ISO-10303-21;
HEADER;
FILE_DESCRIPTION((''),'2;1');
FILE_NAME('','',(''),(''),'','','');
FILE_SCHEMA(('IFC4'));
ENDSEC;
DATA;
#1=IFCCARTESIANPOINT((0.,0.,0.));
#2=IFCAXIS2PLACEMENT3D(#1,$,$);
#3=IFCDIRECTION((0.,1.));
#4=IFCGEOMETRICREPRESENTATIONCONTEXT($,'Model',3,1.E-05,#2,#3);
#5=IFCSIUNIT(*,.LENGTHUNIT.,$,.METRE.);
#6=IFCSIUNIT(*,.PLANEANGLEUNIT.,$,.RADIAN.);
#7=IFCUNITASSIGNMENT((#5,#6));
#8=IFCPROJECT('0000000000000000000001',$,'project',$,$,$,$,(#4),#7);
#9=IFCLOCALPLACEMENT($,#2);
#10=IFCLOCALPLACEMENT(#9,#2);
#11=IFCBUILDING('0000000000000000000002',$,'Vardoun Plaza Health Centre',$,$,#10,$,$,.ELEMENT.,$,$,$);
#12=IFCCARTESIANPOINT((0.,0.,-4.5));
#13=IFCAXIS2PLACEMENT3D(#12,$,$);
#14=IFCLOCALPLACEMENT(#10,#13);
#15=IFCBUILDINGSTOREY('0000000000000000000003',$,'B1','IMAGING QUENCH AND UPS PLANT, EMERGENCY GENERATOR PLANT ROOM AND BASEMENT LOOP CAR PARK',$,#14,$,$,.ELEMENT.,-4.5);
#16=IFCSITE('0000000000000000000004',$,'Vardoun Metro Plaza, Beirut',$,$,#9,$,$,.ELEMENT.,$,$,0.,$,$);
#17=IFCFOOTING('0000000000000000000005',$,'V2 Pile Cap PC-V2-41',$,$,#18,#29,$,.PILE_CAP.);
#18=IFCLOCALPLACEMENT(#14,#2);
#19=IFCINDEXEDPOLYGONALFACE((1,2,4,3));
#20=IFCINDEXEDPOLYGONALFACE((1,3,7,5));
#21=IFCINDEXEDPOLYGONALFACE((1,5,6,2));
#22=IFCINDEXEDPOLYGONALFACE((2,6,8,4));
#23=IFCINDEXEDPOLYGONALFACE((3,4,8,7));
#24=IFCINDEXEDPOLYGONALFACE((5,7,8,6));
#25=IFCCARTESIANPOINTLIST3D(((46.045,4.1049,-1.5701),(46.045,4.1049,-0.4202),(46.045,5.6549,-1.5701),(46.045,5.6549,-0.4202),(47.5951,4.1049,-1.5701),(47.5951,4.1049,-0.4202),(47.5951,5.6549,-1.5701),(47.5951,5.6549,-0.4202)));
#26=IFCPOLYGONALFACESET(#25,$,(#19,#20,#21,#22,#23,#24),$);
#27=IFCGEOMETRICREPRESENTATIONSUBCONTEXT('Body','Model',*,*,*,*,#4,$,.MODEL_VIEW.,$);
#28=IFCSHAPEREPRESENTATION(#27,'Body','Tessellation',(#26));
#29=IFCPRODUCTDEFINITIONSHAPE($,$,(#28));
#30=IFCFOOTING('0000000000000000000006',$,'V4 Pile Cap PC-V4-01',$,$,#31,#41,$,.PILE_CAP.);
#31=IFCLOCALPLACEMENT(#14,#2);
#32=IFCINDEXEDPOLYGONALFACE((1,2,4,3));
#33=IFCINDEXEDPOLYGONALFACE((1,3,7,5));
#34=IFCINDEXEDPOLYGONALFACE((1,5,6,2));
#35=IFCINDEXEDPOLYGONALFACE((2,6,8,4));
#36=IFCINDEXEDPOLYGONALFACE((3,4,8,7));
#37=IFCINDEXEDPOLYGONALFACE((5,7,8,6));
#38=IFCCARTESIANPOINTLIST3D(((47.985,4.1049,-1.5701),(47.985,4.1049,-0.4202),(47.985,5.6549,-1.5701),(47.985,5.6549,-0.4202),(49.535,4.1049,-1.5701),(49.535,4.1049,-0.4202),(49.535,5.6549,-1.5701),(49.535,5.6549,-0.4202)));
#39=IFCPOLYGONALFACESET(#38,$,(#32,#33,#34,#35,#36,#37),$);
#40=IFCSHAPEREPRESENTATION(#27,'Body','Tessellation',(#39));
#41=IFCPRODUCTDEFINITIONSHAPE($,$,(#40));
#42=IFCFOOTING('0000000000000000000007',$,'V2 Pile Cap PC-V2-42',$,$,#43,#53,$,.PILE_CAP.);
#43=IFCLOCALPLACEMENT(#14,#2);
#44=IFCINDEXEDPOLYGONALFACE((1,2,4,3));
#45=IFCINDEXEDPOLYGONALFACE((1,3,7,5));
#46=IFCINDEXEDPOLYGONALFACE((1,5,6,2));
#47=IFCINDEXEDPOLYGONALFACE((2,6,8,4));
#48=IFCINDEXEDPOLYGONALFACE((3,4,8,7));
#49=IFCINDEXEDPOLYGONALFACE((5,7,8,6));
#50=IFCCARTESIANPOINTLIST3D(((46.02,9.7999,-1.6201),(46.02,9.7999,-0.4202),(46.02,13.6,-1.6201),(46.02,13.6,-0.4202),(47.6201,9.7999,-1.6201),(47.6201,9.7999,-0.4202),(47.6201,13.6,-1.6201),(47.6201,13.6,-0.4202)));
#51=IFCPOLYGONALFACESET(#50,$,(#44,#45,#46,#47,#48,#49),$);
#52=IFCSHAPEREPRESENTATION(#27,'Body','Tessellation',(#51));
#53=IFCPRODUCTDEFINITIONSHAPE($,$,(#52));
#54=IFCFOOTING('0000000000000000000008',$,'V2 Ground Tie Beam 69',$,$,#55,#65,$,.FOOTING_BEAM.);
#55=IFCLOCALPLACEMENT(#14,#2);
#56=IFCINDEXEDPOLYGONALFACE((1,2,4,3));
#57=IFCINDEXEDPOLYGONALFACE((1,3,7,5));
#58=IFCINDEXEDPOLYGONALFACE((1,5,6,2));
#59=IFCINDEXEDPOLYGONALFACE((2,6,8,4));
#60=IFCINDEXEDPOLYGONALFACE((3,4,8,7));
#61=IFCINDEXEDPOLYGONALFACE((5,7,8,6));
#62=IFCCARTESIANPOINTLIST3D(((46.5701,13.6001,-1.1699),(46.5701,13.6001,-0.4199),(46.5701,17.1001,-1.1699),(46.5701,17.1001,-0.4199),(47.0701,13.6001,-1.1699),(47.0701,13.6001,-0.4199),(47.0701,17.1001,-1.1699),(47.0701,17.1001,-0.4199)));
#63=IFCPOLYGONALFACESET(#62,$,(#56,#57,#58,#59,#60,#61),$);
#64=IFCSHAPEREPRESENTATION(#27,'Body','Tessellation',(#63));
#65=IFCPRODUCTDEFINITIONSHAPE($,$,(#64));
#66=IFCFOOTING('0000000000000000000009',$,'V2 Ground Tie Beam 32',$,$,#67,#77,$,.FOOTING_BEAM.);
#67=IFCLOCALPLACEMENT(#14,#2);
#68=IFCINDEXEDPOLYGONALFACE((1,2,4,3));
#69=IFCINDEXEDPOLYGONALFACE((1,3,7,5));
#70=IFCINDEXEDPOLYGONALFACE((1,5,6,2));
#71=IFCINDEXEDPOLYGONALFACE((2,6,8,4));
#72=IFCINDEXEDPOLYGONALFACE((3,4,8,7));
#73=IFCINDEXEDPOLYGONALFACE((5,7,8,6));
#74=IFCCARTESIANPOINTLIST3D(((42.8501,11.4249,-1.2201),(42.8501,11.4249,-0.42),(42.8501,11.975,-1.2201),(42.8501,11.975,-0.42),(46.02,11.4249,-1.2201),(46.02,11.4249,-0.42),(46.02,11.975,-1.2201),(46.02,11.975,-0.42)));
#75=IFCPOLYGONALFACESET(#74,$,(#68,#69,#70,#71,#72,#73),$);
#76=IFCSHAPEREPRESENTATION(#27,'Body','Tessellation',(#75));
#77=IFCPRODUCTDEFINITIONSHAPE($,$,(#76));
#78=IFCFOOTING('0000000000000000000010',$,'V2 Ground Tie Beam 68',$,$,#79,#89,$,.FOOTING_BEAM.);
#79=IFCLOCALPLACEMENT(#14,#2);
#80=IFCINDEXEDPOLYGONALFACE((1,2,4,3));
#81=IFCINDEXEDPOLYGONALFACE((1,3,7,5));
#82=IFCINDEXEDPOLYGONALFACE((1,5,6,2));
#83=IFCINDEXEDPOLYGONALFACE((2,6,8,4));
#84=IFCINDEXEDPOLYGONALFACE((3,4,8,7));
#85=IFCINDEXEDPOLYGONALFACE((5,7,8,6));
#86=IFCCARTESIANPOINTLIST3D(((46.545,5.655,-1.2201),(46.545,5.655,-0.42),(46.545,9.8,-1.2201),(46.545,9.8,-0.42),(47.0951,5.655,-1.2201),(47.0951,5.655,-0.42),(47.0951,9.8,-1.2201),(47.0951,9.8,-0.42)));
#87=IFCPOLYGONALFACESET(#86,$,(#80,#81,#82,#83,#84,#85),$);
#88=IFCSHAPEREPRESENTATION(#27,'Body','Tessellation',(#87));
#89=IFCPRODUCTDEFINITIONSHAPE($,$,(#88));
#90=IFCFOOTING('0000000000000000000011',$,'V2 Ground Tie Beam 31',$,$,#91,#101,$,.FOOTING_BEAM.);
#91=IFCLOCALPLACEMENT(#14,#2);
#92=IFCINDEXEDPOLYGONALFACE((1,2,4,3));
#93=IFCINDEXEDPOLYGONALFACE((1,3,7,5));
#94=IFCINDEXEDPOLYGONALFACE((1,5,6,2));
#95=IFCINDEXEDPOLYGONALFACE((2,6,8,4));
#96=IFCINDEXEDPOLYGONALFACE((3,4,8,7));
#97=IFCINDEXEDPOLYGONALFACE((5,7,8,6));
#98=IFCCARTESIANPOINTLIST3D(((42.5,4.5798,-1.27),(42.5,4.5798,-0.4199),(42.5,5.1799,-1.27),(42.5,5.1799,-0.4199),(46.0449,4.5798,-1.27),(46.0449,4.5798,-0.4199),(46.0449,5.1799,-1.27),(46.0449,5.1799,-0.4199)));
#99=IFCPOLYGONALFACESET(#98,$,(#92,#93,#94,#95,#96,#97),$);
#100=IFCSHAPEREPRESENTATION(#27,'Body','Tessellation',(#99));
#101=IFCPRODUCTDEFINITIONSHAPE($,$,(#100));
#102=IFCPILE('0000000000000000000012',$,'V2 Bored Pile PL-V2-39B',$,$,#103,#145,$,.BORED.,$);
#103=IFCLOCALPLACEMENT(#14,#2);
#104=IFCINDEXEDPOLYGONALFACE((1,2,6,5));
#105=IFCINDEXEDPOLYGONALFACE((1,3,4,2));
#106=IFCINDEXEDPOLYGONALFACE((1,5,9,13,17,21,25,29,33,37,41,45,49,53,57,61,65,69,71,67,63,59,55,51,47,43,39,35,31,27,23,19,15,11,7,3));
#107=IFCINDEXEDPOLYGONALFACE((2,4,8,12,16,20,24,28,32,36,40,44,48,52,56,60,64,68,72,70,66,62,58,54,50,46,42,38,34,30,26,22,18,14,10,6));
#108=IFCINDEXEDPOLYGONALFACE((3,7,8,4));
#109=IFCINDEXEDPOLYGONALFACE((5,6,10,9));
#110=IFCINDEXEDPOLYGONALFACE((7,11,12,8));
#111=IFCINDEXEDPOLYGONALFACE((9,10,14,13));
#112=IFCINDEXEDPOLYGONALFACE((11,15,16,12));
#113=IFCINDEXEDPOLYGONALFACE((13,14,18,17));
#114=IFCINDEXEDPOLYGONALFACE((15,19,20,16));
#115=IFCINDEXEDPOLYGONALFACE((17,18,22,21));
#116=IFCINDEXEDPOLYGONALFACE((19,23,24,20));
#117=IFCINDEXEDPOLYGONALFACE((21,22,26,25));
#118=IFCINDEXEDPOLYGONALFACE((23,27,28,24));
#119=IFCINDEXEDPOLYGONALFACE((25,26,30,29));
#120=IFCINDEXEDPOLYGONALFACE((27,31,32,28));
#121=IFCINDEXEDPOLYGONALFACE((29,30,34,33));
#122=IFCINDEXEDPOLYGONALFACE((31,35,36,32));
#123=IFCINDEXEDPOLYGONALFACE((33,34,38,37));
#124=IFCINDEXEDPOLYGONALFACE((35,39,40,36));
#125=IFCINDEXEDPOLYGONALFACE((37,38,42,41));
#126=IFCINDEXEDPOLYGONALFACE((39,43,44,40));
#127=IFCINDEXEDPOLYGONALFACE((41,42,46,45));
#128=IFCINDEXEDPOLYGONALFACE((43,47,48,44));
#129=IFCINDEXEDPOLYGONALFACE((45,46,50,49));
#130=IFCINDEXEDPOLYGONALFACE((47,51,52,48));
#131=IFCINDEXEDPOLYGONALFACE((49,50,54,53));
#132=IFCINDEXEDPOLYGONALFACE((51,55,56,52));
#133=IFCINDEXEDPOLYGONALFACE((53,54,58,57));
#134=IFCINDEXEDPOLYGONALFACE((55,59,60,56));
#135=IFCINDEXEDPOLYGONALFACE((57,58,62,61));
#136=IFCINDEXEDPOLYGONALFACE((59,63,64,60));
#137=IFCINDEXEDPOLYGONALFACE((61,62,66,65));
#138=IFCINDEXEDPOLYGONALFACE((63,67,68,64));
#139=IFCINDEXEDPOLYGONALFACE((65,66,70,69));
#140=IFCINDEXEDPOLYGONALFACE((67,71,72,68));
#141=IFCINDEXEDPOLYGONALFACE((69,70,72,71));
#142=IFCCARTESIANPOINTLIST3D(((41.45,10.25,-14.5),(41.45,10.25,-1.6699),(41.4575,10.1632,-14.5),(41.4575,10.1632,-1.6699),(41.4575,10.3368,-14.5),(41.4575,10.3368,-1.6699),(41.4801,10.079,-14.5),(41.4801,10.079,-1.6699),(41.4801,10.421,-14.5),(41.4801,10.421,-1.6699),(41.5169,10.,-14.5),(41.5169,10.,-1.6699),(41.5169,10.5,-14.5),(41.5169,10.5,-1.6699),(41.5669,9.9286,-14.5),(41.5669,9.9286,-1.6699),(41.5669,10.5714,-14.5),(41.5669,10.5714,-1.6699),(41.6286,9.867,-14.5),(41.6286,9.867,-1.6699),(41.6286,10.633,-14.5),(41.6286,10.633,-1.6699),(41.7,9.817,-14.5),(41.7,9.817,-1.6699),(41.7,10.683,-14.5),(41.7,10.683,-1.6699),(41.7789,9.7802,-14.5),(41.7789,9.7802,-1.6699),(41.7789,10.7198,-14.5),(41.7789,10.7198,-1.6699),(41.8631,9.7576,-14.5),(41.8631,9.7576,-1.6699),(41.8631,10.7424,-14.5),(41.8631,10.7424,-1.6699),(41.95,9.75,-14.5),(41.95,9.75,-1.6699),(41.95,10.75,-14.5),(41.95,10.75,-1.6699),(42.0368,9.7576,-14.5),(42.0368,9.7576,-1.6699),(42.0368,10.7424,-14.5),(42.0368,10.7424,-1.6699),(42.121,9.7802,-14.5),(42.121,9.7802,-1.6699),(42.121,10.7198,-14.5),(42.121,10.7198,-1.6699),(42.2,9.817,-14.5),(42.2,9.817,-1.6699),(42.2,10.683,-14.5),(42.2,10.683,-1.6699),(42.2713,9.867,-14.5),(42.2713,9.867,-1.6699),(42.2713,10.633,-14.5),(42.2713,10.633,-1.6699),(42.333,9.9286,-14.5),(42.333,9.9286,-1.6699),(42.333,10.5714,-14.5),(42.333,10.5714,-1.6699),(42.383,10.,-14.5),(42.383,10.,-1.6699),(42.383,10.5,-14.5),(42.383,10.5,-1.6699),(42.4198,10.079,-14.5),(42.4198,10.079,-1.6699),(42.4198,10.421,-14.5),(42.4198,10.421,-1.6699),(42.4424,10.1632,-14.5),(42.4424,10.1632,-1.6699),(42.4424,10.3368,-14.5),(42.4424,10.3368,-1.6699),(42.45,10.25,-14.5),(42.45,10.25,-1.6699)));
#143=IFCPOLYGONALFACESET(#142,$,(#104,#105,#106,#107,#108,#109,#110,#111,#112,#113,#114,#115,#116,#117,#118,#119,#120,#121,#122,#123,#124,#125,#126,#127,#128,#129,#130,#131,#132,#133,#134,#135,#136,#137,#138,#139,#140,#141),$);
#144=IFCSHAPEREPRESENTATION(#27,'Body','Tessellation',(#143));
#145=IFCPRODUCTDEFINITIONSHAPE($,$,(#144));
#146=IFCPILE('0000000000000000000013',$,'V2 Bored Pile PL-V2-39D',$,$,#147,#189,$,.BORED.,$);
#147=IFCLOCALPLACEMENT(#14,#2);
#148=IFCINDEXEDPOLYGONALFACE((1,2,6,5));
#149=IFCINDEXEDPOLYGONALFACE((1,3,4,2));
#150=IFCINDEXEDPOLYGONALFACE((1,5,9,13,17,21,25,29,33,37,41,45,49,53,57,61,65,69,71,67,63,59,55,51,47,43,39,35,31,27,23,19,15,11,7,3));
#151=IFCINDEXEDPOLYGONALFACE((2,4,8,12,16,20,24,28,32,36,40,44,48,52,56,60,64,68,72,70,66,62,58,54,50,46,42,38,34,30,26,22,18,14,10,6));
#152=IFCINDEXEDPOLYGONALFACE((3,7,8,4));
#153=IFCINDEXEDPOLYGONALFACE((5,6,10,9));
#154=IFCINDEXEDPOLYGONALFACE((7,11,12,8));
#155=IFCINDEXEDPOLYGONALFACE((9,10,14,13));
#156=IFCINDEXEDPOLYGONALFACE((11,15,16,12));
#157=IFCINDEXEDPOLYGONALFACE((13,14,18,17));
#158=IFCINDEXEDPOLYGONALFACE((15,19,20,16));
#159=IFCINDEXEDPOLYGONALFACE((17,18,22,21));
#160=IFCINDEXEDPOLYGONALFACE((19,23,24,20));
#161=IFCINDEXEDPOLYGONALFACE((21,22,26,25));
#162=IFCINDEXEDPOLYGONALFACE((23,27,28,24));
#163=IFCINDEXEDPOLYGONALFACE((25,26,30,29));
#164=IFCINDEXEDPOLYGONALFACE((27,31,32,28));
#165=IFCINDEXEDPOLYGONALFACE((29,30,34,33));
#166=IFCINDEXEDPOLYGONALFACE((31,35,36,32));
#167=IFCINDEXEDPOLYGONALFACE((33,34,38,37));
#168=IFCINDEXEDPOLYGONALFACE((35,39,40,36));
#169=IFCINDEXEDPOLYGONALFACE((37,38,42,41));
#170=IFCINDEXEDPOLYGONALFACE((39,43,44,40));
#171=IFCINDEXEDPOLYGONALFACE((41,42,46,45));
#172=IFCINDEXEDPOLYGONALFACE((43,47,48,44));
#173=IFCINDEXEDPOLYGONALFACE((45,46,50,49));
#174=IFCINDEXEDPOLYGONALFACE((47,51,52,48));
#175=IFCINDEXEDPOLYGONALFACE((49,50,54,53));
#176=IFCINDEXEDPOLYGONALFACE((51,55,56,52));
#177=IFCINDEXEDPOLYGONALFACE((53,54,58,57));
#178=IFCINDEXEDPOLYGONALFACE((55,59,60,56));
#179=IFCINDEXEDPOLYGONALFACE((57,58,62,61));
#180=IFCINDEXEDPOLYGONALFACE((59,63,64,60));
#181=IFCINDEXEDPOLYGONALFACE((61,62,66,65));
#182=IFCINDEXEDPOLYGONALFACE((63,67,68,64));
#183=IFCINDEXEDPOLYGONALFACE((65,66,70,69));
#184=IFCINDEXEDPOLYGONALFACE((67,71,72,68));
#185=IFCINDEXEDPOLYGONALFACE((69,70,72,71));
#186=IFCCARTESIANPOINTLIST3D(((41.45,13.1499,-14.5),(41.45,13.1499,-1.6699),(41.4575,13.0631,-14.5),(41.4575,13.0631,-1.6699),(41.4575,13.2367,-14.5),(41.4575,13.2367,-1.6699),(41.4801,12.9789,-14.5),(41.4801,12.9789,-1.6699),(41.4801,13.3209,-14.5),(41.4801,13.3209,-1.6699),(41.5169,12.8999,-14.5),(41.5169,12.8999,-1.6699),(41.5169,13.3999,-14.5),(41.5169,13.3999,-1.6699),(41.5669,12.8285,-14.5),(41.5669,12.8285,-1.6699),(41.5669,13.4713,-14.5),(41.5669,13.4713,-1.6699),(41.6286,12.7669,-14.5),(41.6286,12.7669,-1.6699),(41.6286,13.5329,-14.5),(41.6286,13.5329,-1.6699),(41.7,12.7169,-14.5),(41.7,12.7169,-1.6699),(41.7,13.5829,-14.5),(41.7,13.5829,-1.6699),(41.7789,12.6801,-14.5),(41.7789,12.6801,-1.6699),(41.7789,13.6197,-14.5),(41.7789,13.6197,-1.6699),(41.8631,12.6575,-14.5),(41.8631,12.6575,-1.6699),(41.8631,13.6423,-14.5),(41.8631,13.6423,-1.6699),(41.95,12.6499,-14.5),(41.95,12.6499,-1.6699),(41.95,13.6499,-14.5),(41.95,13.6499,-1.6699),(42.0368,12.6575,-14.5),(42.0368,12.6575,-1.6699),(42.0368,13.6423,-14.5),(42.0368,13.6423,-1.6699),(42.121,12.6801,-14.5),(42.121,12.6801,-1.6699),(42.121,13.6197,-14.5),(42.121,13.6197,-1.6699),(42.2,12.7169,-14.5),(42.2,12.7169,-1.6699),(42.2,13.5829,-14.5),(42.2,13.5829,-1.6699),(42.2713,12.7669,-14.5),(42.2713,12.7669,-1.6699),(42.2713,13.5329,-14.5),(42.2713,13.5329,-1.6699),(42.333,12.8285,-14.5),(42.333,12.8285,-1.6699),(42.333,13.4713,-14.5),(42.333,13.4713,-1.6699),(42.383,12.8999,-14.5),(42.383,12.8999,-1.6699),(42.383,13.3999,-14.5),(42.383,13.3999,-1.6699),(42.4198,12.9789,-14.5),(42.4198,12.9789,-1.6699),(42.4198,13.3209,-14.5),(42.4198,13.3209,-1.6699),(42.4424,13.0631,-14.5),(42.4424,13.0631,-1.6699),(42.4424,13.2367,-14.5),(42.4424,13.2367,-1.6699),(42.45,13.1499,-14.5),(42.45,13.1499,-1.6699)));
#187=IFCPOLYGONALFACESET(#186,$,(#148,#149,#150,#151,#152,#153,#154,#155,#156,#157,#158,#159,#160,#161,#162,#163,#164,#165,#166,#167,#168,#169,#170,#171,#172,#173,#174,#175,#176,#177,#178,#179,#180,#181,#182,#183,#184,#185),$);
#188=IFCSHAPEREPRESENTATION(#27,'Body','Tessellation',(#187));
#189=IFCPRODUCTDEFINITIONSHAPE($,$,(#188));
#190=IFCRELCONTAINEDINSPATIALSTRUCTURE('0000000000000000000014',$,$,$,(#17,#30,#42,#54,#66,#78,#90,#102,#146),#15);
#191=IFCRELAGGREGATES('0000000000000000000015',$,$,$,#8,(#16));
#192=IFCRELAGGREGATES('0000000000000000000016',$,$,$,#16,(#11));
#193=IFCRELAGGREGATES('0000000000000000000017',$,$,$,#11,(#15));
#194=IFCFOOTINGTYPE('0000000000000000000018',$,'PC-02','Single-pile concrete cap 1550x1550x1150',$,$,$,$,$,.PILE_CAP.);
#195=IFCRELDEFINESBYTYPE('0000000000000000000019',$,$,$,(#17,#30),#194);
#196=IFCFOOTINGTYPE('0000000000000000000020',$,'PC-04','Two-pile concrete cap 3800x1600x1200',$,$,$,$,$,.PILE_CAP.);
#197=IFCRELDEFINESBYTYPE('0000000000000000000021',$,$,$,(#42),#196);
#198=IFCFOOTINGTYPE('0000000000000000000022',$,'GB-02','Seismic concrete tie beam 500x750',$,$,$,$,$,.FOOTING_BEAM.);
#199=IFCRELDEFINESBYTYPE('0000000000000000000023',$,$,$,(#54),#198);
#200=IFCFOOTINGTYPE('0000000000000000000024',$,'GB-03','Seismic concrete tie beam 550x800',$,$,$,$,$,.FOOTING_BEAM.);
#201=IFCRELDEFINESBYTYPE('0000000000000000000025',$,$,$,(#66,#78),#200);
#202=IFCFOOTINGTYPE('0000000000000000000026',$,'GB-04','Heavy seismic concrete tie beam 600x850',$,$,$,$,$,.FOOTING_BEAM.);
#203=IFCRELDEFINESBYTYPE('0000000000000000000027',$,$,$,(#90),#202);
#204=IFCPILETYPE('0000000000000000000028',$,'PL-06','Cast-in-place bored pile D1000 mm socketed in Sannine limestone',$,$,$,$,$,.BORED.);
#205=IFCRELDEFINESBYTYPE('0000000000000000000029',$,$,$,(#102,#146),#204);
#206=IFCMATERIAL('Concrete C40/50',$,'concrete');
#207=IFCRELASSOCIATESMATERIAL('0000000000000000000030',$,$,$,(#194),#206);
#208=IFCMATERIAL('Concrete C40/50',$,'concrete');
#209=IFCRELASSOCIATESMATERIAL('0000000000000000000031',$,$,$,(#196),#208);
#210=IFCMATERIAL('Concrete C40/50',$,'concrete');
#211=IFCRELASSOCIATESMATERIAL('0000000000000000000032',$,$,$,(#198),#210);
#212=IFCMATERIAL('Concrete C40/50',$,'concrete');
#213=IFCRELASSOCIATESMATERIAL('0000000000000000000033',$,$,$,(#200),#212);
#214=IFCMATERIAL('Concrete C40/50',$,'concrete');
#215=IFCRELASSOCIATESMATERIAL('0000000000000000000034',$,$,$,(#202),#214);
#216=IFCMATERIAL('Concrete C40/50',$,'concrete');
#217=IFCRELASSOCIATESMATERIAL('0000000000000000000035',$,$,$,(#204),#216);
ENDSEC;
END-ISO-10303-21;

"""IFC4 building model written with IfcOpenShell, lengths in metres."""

from ifc_helpers import new_model, si_unit, direction, frame, origin, origin_2d, place, context, subcontext, project, spatial, rectangle, circle, extrude, material, material_profile, profile_set, type_object, element, save


model = new_model("IFC4")

# Units and contexts
model_context = context("Model", 3, precision=1e-05, world=origin(), true_north=direction((0.0, 1.0)))
body_context = subcontext(model_context, "Body", "Model", "MODEL_VIEW")
ifc_project = project(units=[si_unit("LENGTHUNIT", "METRE"), si_unit("PLANEANGLEUNIT", "RADIAN")], contexts=[model_context])

# Site, building, storey
site_placement = place(None, origin())
site = spatial("IfcSite", under=ifc_project, at=site_placement, Name="Vardoun Metro Plaza, Beirut", CompositionType="ELEMENT", RefElevation=0.0)
building_placement = place(site_placement, origin())
building = spatial("IfcBuilding", under=site, at=building_placement, Name="Vardoun Plaza Health Centre", CompositionType="ELEMENT")
storey_placement = place(building_placement, frame((0.0, 0.0, -4.5)))
storey = spatial("IfcBuildingStorey", under=building, at=storey_placement, Name="B1", Description="IMAGING QUENCH AND UPS PLANT, EMERGENCY GENERATOR PLANT ROOM AND BASEMENT LOOP CAR PARK", CompositionType="ELEMENT", Elevation=-4.5)

# Footings
ifc_material_1 = material(Name="Concrete C40/50", Category="concrete")
footing_type_1 = type_object("IfcFootingType", Name="PC-02", Description="Single-pile concrete cap 1550x1550x1150", PredefinedType="PILE_CAP", material=ifc_material_1)
for number, where, z_axis, x_axis, name in (
    (1, (46.8201, 4.8799, -1.5701), (0.0, 0.0, 1.0), (1.0, 0.0, 0.0), "V2 Pile Cap PC-V2-41"),
    (2, (48.76, 4.8799, -1.5701), (0.0, 0.0, 1.0), (1.0, 0.0, 0.0), "V4 Pile Cap PC-V4-01"),
):
    element("IfcFooting", number, at=place(storey_placement, frame(where, z_axis=z_axis, x_axis=x_axis)), inside=storey, type_object=footing_type_1, Name=name, PredefinedType="PILE_CAP", context=body_context, shape_type="SweptSolid", body=[
        extrude(rectangle(XDim=1.55, YDim=1.55, at=origin_2d()), origin(), (0.0, 0.0, 1.0), 1.1499),
    ])
ifc_material_2 = material(Name="Concrete C40/50", Category="concrete")
footing_type_2 = type_object("IfcFootingType", Name="PC-04", Description="Two-pile concrete cap 3800x1600x1200", PredefinedType="PILE_CAP", material=ifc_material_2)
footing_1_placement = place(storey_placement, frame((46.8201, 11.7, -1.6201), z_axis=(0.0, 0.0, 1.0), x_axis=(0.0, 1.0, 0.0)))
element("IfcFooting", 3, at=footing_1_placement, inside=storey, type_object=footing_type_2, Name="V2 Pile Cap PC-V2-42", PredefinedType="PILE_CAP", context=body_context, shape_type="SweptSolid", body=[
    extrude(rectangle(XDim=3.8, YDim=1.6001, at=origin_2d()), origin(), (0.0, 0.0, 1.0), 1.2),
])
ifc_material_3 = material(Name="Concrete C40/50", Category="concrete")
ifc_material_profile_1 = material_profile(ifc_material_3, rectangle(XDim=0.5, YDim=0.75, at=origin_2d()), Name="GB 500x750")
ifc_profile_set_1 = profile_set([ifc_material_profile_1], Name="Concrete C40/50")
footing_type_3 = type_object("IfcFootingType", Name="GB-02", Description="Seismic concrete tie beam 500x750", PredefinedType="FOOTING_BEAM", material=ifc_profile_set_1)
footing_2_placement = place(storey_placement, frame((46.8201, 13.6001, -0.7949), z_axis=(0.0, 1.0, 0.0), x_axis=(-1.0, 0.0, 0.0)))
element("IfcFooting", 4, at=footing_2_placement, inside=storey, type_object=footing_type_3, Name="V2 Ground Tie Beam 69", PredefinedType="FOOTING_BEAM", context=body_context, shape_type="SweptSolid", body=[
    extrude(rectangle(XDim=0.5, YDim=0.75, at=origin_2d()), origin(), (0.0, 0.0, 1.0), 3.5),
])
ifc_material_4 = material(Name="Concrete C40/50", Category="concrete")
ifc_material_profile_2 = material_profile(ifc_material_4, rectangle(XDim=0.55, YDim=0.8, at=origin_2d()), Name="GB 550x800")
ifc_profile_set_2 = profile_set([ifc_material_profile_2], Name="Concrete C40/50")
footing_type_4 = type_object("IfcFootingType", Name="GB-03", Description="Seismic concrete tie beam 550x800", PredefinedType="FOOTING_BEAM", material=ifc_profile_set_2)
footing_3_placement = place(storey_placement, frame((42.8501, 11.7, -0.8201), z_axis=(1.0, 0.0, 0.0), x_axis=(0.0, 1.0, 0.0)))
element("IfcFooting", 5, at=footing_3_placement, inside=storey, type_object=footing_type_4, Name="V2 Ground Tie Beam 32", PredefinedType="FOOTING_BEAM", context=body_context, shape_type="SweptSolid", body=[
    extrude(rectangle(XDim=0.55, YDim=0.8, at=origin_2d()), origin(), (0.0, 0.0, 1.0), 3.1699),
])
footing_4_placement = place(storey_placement, frame((46.8201, 5.655, -0.8201), z_axis=(0.0, 1.0, 0.0), x_axis=(-1.0, 0.0, 0.0)))
element("IfcFooting", 6, at=footing_4_placement, inside=storey, type_object=footing_type_4, Name="V2 Ground Tie Beam 68", PredefinedType="FOOTING_BEAM", context=body_context, shape_type="SweptSolid", body=[
    extrude(rectangle(XDim=0.55, YDim=0.8, at=origin_2d()), origin(), (0.0, 0.0, 1.0), 4.145),
])
ifc_material_5 = material(Name="Concrete C40/50", Category="concrete")
ifc_material_profile_3 = material_profile(ifc_material_5, rectangle(XDim=0.6001, YDim=0.8501, at=origin_2d()), Name="GB 600x850")
ifc_profile_set_3 = profile_set([ifc_material_profile_3], Name="Concrete C40/50")
footing_type_5 = type_object("IfcFootingType", Name="GB-04", Description="Heavy seismic concrete tie beam 600x850", PredefinedType="FOOTING_BEAM", material=ifc_profile_set_3)
footing_5_placement = place(storey_placement, frame((42.5, 4.8799, -0.845), z_axis=(1.0, 0.0, 0.0), x_axis=(0.0, 1.0, 0.0)))
element("IfcFooting", 7, at=footing_5_placement, inside=storey, type_object=footing_type_5, Name="V2 Ground Tie Beam 31", PredefinedType="FOOTING_BEAM", context=body_context, shape_type="SweptSolid", body=[
    extrude(rectangle(XDim=0.6001, YDim=0.8501, at=origin_2d()), origin(), (0.0, 0.0, 1.0), 3.5449),
])

# Piles
ifc_material_6 = material(Name="Concrete C40/50", Category="concrete")
ifc_material_profile_4 = material_profile(ifc_material_6, circle(Radius=0.5, at=origin_2d()), Name="PILE D1000")
ifc_profile_set_4 = profile_set([ifc_material_profile_4], Name="Concrete C40/50")
pile_type_1 = type_object("IfcPileType", Name="PL-06", Description="Cast-in-place bored pile D1000 mm socketed in Sannine limestone", PredefinedType="BORED", material=ifc_profile_set_4)
for number, where, z_axis, x_axis, name in (
    (8, (41.95, 10.25, -1.6699), (0.0, 0.0, -1.0), (1.0, 0.0, 0.0), "V2 Bored Pile PL-V2-39B"),
    (9, (41.95, 13.1499, -1.6699), (0.0, 0.0, -1.0), (1.0, 0.0, 0.0), "V2 Bored Pile PL-V2-39D"),
):
    element("IfcPile", number, at=place(storey_placement, frame(where, z_axis=z_axis, x_axis=x_axis)), inside=storey, type_object=pile_type_1, Name=name, PredefinedType="BORED", context=body_context, shape_type="SweptSolid", body=[
        extrude(circle(Radius=0.5, at=origin_2d()), origin(), (0.0, 0.0, 1.0), 12.8301),
    ])

save(model, "model.ifc")
